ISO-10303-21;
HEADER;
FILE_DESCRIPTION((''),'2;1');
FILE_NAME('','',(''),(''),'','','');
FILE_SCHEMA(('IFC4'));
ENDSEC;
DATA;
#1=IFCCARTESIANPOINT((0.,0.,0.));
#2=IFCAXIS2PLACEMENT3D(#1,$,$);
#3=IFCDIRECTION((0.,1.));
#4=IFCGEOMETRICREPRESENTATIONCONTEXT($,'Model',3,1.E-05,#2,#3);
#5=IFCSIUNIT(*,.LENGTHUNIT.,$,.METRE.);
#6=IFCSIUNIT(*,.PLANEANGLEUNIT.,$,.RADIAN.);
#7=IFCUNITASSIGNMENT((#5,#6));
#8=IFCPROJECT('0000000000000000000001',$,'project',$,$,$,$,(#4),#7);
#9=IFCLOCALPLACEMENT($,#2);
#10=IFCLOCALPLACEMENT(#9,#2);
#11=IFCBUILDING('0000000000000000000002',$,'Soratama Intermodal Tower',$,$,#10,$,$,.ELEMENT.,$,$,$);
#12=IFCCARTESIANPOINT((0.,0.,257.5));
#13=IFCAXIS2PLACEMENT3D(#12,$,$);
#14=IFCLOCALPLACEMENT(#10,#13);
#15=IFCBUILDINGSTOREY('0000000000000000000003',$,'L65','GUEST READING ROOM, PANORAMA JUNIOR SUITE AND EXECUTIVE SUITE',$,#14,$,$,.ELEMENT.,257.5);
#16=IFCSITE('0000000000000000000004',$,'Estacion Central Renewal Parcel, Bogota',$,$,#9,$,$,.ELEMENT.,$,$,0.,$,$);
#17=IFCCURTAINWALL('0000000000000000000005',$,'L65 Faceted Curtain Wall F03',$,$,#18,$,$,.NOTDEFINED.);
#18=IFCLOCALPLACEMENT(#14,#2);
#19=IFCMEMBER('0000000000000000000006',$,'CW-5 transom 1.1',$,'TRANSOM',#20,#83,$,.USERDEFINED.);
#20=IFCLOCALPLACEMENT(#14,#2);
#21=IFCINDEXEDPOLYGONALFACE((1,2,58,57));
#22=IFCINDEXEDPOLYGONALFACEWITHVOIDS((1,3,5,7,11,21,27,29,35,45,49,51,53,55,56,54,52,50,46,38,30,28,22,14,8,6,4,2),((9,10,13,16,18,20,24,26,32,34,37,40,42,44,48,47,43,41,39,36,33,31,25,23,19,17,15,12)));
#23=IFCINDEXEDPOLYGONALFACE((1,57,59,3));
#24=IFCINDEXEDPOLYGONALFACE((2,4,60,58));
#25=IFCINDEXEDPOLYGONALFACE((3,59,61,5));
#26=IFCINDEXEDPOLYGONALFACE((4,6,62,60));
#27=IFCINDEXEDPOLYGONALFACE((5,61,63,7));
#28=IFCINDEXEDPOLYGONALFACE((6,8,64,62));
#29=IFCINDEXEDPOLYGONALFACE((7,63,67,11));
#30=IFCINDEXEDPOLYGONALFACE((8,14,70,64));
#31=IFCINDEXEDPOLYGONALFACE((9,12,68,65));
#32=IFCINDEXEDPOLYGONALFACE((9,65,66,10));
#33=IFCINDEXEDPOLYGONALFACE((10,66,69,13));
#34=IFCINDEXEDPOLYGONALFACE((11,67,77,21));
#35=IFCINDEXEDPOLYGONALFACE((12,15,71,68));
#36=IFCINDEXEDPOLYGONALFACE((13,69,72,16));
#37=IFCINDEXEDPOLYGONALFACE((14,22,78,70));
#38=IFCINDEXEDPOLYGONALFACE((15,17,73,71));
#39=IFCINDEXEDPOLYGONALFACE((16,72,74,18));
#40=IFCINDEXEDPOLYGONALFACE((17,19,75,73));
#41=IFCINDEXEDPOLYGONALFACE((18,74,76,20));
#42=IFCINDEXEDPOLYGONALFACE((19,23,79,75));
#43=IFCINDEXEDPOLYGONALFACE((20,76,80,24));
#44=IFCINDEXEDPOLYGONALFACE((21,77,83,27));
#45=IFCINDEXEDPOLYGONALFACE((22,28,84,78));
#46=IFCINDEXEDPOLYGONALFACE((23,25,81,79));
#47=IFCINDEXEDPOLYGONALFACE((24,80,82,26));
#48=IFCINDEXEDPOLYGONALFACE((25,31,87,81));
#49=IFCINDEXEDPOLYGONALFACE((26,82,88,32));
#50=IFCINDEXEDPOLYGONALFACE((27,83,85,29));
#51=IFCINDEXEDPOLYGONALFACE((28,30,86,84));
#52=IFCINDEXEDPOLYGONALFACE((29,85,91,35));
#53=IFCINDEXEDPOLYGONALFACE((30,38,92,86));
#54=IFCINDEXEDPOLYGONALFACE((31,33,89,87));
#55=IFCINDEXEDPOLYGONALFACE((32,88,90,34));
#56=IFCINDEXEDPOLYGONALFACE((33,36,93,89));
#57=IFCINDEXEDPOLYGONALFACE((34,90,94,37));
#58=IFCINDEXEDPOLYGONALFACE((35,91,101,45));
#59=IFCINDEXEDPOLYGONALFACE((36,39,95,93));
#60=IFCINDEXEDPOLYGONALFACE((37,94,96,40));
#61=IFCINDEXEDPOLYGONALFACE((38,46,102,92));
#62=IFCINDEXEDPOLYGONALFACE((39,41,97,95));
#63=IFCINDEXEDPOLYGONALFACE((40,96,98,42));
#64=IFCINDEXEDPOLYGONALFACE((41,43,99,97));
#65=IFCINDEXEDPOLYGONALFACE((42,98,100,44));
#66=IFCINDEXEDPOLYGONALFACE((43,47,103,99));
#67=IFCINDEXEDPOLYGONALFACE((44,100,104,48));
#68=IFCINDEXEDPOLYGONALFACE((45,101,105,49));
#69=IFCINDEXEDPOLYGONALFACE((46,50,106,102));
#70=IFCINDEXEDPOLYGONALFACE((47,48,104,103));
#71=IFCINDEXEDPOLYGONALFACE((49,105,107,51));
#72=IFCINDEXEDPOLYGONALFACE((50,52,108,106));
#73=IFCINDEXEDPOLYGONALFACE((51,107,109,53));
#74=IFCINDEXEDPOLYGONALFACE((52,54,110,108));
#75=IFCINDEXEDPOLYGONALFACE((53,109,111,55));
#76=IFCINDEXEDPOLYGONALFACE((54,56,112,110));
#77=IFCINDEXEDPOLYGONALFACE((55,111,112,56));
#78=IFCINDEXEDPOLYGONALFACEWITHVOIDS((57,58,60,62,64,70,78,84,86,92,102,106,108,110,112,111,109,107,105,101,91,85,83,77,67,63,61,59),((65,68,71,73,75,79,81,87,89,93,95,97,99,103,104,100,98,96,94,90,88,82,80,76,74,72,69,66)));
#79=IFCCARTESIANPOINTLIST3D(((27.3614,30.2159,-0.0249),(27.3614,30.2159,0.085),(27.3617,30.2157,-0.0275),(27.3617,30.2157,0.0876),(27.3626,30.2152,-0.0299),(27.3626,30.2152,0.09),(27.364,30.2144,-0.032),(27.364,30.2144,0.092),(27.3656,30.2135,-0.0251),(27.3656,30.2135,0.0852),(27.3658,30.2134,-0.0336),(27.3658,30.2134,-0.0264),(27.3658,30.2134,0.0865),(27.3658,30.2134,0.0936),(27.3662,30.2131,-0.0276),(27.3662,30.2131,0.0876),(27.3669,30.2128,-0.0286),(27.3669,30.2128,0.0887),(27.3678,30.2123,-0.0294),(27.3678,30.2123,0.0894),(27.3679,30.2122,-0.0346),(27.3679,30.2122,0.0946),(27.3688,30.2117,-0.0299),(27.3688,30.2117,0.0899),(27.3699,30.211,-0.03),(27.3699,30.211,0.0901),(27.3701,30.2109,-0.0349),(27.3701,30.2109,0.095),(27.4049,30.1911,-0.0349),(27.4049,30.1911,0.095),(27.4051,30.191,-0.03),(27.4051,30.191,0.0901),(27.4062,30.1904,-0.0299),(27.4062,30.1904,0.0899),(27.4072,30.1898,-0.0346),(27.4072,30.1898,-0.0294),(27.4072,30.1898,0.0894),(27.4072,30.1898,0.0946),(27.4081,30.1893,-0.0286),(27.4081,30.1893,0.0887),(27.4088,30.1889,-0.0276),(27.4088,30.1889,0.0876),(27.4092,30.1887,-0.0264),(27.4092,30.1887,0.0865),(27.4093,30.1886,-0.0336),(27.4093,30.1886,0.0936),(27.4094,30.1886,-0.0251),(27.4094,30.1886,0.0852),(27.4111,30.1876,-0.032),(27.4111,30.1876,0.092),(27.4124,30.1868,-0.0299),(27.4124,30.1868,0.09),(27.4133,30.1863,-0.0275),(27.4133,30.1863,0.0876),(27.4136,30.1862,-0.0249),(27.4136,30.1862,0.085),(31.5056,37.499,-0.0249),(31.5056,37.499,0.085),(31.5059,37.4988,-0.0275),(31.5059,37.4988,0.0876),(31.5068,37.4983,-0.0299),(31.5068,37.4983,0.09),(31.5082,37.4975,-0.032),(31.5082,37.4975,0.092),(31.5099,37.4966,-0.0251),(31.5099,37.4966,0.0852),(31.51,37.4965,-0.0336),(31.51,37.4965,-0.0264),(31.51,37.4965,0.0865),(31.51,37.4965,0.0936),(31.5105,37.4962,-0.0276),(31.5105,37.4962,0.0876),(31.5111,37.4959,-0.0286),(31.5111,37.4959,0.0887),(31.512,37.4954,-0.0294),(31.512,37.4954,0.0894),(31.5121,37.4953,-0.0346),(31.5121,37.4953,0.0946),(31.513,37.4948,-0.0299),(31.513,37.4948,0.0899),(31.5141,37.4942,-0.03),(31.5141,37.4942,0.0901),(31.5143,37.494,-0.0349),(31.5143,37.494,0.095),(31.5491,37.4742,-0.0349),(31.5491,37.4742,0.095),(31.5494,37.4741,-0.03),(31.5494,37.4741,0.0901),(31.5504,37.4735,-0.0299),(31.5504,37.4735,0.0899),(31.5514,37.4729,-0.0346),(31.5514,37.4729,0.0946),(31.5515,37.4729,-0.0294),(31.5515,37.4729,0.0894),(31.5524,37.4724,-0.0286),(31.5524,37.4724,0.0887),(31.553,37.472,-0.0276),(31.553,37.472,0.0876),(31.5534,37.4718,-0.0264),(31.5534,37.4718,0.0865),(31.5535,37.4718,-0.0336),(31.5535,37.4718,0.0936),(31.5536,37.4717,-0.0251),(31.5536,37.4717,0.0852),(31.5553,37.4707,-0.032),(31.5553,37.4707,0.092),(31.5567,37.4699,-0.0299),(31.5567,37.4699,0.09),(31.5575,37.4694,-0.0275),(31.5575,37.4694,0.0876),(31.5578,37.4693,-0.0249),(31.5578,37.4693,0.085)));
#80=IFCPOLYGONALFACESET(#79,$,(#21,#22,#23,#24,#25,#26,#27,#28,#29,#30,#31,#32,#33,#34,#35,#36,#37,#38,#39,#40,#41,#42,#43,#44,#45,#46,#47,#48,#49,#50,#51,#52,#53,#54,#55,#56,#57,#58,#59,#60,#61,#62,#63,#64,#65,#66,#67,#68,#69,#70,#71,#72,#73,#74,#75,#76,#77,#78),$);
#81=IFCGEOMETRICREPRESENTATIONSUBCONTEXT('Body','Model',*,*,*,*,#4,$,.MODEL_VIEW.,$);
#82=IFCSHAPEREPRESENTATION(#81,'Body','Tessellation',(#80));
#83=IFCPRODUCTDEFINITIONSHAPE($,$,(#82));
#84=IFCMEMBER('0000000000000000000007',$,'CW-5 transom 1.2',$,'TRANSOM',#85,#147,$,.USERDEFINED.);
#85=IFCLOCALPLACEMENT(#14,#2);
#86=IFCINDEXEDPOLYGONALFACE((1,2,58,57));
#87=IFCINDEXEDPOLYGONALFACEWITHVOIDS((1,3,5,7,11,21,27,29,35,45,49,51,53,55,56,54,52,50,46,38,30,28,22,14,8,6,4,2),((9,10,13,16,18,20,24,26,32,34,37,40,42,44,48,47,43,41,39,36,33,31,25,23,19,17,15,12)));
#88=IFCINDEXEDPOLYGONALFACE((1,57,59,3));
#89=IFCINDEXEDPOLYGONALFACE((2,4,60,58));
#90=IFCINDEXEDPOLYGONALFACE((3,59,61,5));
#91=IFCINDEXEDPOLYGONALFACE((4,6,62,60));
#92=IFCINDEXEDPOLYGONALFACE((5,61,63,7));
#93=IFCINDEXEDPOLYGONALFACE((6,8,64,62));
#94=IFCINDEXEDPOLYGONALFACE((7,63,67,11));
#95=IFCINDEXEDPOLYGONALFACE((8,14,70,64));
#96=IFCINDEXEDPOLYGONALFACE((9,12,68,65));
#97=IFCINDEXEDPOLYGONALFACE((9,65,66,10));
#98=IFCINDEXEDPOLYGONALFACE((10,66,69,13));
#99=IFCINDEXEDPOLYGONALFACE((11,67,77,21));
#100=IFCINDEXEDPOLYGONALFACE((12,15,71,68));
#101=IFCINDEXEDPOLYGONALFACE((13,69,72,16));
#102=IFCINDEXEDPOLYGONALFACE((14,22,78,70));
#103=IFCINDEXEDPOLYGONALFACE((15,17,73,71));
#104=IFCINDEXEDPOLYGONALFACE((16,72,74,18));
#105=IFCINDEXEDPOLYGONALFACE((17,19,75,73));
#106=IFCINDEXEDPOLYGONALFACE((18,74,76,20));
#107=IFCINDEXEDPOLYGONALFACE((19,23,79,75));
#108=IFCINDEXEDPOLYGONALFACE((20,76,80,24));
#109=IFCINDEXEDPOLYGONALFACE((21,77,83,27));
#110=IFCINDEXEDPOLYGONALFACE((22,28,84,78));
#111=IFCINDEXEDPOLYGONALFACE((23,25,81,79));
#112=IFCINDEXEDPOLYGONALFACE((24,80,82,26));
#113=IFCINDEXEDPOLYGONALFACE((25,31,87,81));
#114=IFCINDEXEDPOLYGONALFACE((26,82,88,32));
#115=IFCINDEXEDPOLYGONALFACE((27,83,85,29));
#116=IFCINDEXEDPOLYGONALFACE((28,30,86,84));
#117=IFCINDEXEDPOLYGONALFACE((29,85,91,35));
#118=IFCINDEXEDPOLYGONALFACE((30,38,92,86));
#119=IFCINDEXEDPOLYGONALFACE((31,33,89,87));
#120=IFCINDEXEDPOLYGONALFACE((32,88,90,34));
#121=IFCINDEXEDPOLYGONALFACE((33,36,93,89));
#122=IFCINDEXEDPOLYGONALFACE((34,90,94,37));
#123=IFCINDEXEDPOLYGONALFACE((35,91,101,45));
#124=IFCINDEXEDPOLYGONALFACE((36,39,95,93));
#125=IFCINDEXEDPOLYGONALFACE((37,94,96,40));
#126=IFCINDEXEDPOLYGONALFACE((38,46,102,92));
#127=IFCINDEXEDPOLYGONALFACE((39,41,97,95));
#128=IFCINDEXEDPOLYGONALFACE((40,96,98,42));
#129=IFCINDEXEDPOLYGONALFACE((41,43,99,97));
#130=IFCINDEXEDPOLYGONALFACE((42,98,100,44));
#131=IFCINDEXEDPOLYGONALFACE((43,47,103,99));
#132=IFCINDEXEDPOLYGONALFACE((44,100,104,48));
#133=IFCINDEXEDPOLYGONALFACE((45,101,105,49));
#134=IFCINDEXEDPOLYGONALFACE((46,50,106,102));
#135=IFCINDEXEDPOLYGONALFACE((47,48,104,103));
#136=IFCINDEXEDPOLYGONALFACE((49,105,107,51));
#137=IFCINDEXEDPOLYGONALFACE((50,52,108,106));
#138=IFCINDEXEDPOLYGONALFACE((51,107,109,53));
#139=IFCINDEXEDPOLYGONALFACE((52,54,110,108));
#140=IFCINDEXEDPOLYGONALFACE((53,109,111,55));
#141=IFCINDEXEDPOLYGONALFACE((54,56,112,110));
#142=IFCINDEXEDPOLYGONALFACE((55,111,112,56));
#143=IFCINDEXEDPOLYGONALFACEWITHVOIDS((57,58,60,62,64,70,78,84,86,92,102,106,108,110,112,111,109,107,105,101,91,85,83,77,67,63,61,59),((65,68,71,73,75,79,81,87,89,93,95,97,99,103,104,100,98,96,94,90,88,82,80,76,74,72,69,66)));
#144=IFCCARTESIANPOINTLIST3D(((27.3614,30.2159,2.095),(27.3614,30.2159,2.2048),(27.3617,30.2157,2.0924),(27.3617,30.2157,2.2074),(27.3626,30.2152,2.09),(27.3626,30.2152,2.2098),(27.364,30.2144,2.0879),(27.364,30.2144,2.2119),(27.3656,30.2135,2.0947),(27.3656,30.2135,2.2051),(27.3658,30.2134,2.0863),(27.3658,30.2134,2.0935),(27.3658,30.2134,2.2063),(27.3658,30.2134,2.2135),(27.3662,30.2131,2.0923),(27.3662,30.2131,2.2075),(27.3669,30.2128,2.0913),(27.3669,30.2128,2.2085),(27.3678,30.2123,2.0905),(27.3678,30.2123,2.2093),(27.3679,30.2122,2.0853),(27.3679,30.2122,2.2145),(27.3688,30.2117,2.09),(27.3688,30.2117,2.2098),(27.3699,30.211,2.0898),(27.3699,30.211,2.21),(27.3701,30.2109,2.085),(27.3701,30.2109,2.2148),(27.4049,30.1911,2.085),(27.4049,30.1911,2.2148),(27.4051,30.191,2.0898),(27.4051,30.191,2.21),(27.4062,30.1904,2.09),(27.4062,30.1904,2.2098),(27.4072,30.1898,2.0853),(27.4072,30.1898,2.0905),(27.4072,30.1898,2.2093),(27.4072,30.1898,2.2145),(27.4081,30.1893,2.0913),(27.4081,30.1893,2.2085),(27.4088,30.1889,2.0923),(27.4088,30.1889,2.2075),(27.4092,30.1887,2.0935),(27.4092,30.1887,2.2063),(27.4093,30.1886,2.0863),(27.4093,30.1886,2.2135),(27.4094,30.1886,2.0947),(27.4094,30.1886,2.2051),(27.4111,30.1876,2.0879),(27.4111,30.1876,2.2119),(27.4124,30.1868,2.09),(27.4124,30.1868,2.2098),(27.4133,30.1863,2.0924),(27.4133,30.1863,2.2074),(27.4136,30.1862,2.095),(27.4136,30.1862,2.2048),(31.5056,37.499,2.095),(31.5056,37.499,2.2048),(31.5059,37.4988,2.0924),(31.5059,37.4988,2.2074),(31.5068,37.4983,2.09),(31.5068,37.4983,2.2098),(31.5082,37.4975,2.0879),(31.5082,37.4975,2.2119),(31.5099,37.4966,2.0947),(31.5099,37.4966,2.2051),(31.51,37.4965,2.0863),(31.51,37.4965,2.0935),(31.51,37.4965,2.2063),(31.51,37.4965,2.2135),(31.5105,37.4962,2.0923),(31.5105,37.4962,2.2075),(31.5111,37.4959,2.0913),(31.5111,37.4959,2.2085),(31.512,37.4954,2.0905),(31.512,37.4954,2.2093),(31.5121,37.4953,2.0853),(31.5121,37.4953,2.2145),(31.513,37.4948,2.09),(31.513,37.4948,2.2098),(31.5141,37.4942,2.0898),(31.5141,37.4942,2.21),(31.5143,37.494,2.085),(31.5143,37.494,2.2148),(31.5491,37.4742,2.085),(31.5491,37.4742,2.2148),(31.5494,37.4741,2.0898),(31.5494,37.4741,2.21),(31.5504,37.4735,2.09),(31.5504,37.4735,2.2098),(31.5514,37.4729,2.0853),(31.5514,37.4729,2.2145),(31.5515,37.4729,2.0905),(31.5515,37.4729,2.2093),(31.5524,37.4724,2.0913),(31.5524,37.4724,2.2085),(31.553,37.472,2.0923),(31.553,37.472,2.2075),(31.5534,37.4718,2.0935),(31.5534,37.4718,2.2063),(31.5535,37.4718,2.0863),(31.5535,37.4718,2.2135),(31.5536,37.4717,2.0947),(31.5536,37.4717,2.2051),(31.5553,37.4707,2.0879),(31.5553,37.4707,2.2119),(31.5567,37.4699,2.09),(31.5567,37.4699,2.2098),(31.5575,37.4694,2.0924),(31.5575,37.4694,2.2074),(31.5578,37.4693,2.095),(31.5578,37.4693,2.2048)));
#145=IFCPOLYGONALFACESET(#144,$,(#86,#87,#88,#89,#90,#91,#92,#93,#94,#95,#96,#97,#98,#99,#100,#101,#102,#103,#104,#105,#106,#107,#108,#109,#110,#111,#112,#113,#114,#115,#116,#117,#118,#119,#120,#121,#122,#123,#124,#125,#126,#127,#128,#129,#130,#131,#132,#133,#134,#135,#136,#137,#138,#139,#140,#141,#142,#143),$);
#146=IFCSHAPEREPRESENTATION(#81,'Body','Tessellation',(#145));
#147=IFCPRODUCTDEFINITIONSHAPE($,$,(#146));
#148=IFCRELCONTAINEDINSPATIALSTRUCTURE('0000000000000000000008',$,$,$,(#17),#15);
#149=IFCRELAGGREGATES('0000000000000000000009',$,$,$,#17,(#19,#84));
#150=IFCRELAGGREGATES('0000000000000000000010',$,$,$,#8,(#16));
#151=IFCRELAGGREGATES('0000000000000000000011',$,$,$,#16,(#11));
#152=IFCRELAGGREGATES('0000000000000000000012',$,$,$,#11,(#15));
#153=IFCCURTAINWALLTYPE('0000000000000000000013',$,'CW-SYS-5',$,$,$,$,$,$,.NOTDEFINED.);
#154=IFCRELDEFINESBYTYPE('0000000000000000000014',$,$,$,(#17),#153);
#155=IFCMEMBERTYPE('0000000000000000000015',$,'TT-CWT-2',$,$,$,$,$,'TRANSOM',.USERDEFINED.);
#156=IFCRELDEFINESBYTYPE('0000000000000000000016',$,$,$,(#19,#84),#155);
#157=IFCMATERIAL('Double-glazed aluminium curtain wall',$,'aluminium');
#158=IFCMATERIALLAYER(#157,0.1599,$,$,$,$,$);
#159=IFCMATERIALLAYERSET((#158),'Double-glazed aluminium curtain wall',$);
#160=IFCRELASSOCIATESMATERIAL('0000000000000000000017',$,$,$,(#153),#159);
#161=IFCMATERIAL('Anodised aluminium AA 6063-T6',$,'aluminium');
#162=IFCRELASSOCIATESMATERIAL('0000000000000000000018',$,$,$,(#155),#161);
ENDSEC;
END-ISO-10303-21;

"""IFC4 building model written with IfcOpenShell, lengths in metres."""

from ifc_helpers import new_model, si_unit, direction, frame, origin, origin_2d, place, context, subcontext, project, spatial, hollow_rectangle, extrude, material, layer, layer_set, material_profile, profile_set, type_object, element, aggregate, save


model = new_model("IFC4")

# Units and contexts
model_context = context("Model", 3, precision=1e-05, world=origin(), true_north=direction((0.0, 1.0)))
body_context = subcontext(model_context, "Body", "Model", "MODEL_VIEW")
ifc_project = project(units=[si_unit("LENGTHUNIT", "METRE"), si_unit("PLANEANGLEUNIT", "RADIAN")], contexts=[model_context])

# Site, building, storey
site_placement = place(None, origin())
site = spatial("IfcSite", under=ifc_project, at=site_placement, Name="Estacion Central Renewal Parcel, Bogota", CompositionType="ELEMENT", RefElevation=0.0)
building_placement = place(site_placement, origin())
building = spatial("IfcBuilding", under=site, at=building_placement, Name="Soratama Intermodal Tower", CompositionType="ELEMENT")
storey_placement = place(building_placement, frame((0.0, 0.0, 257.5)))
storey = spatial("IfcBuildingStorey", under=building, at=storey_placement, Name="L65", Description="GUEST READING ROOM, PANORAMA JUNIOR SUITE AND EXECUTIVE SUITE", CompositionType="ELEMENT", Elevation=257.5)

# Shared definitions
ifc_material_1 = material(Name="Double-glazed aluminium curtain wall", Category="aluminium")
ifc_layer_1 = layer(ifc_material_1, 0.1599)
ifc_layer_set_1 = layer_set([ifc_layer_1], Name="Double-glazed aluminium curtain wall")
curtain_wall_type = type_object("IfcCurtainWallType", Name="CW-SYS-5", PredefinedType="NOTDEFINED", material=ifc_layer_set_1)

# Curtain wall, members
curtain_wall_1_placement = place(storey_placement, origin())
curtain_wall_1 = element("IfcCurtainWall", 1, at=curtain_wall_1_placement, inside=storey, type_object=curtain_wall_type, Name="L65 Faceted Curtain Wall F03", PredefinedType="NOTDEFINED")
ifc_material_2 = material(Name="Anodised aluminium AA 6063-T6", Category="aluminium")
ifc_material_profile_1 = material_profile(ifc_material_2, hollow_rectangle(XDim=0.0601, YDim=0.1299, WallThickness=0.0049, InnerFilletRadius=0.0049, OuterFilletRadius=0.01, at=origin_2d()), Name="CWT130X60X5")
ifc_profile_set_1 = profile_set([ifc_material_profile_1], Name="Anodised aluminium AA 6063-T6")
member_type_1 = type_object("IfcMemberType", Name="TT-CWT-2", ElementType="TRANSOM", PredefinedType="USERDEFINED", material=ifc_profile_set_1)
member_1_placement = place(storey_placement, frame((31.5317, 37.4841, 0.03), z_axis=(-0.49456, -0.869144, 0.0), x_axis=(0.869144, -0.49456, 0.0)))
member_1 = element("IfcMember", 2, at=member_1_placement, type_object=member_type_1, Name="CW-5 transom 1.1", ObjectType="TRANSOM", PredefinedType="USERDEFINED", context=body_context, shape_type="SweptSolid", body=[
    extrude(hollow_rectangle(XDim=0.0601, YDim=0.1299, WallThickness=0.0049, InnerFilletRadius=0.0049, OuterFilletRadius=0.01, at=origin_2d()), origin(), (0.0, 0.0, 1.0), 8.3796),
])
member_2_placement = place(storey_placement, frame((31.5317, 37.4841, 2.1499), z_axis=(-0.49456, -0.869144, 0.0), x_axis=(0.869144, -0.49456, 0.0)))
member_2 = element("IfcMember", 3, at=member_2_placement, type_object=member_type_1, Name="CW-5 transom 1.2", ObjectType="TRANSOM", PredefinedType="USERDEFINED", context=body_context, shape_type="SweptSolid", body=[
    extrude(hollow_rectangle(XDim=0.0601, YDim=0.1299, WallThickness=0.0049, InnerFilletRadius=0.0049, OuterFilletRadius=0.01, at=origin_2d()), origin(), (0.0, 0.0, 1.0), 8.3796),
])
aggregate(curtain_wall_1, [member_1, member_2])

save(model, "model.ifc")
